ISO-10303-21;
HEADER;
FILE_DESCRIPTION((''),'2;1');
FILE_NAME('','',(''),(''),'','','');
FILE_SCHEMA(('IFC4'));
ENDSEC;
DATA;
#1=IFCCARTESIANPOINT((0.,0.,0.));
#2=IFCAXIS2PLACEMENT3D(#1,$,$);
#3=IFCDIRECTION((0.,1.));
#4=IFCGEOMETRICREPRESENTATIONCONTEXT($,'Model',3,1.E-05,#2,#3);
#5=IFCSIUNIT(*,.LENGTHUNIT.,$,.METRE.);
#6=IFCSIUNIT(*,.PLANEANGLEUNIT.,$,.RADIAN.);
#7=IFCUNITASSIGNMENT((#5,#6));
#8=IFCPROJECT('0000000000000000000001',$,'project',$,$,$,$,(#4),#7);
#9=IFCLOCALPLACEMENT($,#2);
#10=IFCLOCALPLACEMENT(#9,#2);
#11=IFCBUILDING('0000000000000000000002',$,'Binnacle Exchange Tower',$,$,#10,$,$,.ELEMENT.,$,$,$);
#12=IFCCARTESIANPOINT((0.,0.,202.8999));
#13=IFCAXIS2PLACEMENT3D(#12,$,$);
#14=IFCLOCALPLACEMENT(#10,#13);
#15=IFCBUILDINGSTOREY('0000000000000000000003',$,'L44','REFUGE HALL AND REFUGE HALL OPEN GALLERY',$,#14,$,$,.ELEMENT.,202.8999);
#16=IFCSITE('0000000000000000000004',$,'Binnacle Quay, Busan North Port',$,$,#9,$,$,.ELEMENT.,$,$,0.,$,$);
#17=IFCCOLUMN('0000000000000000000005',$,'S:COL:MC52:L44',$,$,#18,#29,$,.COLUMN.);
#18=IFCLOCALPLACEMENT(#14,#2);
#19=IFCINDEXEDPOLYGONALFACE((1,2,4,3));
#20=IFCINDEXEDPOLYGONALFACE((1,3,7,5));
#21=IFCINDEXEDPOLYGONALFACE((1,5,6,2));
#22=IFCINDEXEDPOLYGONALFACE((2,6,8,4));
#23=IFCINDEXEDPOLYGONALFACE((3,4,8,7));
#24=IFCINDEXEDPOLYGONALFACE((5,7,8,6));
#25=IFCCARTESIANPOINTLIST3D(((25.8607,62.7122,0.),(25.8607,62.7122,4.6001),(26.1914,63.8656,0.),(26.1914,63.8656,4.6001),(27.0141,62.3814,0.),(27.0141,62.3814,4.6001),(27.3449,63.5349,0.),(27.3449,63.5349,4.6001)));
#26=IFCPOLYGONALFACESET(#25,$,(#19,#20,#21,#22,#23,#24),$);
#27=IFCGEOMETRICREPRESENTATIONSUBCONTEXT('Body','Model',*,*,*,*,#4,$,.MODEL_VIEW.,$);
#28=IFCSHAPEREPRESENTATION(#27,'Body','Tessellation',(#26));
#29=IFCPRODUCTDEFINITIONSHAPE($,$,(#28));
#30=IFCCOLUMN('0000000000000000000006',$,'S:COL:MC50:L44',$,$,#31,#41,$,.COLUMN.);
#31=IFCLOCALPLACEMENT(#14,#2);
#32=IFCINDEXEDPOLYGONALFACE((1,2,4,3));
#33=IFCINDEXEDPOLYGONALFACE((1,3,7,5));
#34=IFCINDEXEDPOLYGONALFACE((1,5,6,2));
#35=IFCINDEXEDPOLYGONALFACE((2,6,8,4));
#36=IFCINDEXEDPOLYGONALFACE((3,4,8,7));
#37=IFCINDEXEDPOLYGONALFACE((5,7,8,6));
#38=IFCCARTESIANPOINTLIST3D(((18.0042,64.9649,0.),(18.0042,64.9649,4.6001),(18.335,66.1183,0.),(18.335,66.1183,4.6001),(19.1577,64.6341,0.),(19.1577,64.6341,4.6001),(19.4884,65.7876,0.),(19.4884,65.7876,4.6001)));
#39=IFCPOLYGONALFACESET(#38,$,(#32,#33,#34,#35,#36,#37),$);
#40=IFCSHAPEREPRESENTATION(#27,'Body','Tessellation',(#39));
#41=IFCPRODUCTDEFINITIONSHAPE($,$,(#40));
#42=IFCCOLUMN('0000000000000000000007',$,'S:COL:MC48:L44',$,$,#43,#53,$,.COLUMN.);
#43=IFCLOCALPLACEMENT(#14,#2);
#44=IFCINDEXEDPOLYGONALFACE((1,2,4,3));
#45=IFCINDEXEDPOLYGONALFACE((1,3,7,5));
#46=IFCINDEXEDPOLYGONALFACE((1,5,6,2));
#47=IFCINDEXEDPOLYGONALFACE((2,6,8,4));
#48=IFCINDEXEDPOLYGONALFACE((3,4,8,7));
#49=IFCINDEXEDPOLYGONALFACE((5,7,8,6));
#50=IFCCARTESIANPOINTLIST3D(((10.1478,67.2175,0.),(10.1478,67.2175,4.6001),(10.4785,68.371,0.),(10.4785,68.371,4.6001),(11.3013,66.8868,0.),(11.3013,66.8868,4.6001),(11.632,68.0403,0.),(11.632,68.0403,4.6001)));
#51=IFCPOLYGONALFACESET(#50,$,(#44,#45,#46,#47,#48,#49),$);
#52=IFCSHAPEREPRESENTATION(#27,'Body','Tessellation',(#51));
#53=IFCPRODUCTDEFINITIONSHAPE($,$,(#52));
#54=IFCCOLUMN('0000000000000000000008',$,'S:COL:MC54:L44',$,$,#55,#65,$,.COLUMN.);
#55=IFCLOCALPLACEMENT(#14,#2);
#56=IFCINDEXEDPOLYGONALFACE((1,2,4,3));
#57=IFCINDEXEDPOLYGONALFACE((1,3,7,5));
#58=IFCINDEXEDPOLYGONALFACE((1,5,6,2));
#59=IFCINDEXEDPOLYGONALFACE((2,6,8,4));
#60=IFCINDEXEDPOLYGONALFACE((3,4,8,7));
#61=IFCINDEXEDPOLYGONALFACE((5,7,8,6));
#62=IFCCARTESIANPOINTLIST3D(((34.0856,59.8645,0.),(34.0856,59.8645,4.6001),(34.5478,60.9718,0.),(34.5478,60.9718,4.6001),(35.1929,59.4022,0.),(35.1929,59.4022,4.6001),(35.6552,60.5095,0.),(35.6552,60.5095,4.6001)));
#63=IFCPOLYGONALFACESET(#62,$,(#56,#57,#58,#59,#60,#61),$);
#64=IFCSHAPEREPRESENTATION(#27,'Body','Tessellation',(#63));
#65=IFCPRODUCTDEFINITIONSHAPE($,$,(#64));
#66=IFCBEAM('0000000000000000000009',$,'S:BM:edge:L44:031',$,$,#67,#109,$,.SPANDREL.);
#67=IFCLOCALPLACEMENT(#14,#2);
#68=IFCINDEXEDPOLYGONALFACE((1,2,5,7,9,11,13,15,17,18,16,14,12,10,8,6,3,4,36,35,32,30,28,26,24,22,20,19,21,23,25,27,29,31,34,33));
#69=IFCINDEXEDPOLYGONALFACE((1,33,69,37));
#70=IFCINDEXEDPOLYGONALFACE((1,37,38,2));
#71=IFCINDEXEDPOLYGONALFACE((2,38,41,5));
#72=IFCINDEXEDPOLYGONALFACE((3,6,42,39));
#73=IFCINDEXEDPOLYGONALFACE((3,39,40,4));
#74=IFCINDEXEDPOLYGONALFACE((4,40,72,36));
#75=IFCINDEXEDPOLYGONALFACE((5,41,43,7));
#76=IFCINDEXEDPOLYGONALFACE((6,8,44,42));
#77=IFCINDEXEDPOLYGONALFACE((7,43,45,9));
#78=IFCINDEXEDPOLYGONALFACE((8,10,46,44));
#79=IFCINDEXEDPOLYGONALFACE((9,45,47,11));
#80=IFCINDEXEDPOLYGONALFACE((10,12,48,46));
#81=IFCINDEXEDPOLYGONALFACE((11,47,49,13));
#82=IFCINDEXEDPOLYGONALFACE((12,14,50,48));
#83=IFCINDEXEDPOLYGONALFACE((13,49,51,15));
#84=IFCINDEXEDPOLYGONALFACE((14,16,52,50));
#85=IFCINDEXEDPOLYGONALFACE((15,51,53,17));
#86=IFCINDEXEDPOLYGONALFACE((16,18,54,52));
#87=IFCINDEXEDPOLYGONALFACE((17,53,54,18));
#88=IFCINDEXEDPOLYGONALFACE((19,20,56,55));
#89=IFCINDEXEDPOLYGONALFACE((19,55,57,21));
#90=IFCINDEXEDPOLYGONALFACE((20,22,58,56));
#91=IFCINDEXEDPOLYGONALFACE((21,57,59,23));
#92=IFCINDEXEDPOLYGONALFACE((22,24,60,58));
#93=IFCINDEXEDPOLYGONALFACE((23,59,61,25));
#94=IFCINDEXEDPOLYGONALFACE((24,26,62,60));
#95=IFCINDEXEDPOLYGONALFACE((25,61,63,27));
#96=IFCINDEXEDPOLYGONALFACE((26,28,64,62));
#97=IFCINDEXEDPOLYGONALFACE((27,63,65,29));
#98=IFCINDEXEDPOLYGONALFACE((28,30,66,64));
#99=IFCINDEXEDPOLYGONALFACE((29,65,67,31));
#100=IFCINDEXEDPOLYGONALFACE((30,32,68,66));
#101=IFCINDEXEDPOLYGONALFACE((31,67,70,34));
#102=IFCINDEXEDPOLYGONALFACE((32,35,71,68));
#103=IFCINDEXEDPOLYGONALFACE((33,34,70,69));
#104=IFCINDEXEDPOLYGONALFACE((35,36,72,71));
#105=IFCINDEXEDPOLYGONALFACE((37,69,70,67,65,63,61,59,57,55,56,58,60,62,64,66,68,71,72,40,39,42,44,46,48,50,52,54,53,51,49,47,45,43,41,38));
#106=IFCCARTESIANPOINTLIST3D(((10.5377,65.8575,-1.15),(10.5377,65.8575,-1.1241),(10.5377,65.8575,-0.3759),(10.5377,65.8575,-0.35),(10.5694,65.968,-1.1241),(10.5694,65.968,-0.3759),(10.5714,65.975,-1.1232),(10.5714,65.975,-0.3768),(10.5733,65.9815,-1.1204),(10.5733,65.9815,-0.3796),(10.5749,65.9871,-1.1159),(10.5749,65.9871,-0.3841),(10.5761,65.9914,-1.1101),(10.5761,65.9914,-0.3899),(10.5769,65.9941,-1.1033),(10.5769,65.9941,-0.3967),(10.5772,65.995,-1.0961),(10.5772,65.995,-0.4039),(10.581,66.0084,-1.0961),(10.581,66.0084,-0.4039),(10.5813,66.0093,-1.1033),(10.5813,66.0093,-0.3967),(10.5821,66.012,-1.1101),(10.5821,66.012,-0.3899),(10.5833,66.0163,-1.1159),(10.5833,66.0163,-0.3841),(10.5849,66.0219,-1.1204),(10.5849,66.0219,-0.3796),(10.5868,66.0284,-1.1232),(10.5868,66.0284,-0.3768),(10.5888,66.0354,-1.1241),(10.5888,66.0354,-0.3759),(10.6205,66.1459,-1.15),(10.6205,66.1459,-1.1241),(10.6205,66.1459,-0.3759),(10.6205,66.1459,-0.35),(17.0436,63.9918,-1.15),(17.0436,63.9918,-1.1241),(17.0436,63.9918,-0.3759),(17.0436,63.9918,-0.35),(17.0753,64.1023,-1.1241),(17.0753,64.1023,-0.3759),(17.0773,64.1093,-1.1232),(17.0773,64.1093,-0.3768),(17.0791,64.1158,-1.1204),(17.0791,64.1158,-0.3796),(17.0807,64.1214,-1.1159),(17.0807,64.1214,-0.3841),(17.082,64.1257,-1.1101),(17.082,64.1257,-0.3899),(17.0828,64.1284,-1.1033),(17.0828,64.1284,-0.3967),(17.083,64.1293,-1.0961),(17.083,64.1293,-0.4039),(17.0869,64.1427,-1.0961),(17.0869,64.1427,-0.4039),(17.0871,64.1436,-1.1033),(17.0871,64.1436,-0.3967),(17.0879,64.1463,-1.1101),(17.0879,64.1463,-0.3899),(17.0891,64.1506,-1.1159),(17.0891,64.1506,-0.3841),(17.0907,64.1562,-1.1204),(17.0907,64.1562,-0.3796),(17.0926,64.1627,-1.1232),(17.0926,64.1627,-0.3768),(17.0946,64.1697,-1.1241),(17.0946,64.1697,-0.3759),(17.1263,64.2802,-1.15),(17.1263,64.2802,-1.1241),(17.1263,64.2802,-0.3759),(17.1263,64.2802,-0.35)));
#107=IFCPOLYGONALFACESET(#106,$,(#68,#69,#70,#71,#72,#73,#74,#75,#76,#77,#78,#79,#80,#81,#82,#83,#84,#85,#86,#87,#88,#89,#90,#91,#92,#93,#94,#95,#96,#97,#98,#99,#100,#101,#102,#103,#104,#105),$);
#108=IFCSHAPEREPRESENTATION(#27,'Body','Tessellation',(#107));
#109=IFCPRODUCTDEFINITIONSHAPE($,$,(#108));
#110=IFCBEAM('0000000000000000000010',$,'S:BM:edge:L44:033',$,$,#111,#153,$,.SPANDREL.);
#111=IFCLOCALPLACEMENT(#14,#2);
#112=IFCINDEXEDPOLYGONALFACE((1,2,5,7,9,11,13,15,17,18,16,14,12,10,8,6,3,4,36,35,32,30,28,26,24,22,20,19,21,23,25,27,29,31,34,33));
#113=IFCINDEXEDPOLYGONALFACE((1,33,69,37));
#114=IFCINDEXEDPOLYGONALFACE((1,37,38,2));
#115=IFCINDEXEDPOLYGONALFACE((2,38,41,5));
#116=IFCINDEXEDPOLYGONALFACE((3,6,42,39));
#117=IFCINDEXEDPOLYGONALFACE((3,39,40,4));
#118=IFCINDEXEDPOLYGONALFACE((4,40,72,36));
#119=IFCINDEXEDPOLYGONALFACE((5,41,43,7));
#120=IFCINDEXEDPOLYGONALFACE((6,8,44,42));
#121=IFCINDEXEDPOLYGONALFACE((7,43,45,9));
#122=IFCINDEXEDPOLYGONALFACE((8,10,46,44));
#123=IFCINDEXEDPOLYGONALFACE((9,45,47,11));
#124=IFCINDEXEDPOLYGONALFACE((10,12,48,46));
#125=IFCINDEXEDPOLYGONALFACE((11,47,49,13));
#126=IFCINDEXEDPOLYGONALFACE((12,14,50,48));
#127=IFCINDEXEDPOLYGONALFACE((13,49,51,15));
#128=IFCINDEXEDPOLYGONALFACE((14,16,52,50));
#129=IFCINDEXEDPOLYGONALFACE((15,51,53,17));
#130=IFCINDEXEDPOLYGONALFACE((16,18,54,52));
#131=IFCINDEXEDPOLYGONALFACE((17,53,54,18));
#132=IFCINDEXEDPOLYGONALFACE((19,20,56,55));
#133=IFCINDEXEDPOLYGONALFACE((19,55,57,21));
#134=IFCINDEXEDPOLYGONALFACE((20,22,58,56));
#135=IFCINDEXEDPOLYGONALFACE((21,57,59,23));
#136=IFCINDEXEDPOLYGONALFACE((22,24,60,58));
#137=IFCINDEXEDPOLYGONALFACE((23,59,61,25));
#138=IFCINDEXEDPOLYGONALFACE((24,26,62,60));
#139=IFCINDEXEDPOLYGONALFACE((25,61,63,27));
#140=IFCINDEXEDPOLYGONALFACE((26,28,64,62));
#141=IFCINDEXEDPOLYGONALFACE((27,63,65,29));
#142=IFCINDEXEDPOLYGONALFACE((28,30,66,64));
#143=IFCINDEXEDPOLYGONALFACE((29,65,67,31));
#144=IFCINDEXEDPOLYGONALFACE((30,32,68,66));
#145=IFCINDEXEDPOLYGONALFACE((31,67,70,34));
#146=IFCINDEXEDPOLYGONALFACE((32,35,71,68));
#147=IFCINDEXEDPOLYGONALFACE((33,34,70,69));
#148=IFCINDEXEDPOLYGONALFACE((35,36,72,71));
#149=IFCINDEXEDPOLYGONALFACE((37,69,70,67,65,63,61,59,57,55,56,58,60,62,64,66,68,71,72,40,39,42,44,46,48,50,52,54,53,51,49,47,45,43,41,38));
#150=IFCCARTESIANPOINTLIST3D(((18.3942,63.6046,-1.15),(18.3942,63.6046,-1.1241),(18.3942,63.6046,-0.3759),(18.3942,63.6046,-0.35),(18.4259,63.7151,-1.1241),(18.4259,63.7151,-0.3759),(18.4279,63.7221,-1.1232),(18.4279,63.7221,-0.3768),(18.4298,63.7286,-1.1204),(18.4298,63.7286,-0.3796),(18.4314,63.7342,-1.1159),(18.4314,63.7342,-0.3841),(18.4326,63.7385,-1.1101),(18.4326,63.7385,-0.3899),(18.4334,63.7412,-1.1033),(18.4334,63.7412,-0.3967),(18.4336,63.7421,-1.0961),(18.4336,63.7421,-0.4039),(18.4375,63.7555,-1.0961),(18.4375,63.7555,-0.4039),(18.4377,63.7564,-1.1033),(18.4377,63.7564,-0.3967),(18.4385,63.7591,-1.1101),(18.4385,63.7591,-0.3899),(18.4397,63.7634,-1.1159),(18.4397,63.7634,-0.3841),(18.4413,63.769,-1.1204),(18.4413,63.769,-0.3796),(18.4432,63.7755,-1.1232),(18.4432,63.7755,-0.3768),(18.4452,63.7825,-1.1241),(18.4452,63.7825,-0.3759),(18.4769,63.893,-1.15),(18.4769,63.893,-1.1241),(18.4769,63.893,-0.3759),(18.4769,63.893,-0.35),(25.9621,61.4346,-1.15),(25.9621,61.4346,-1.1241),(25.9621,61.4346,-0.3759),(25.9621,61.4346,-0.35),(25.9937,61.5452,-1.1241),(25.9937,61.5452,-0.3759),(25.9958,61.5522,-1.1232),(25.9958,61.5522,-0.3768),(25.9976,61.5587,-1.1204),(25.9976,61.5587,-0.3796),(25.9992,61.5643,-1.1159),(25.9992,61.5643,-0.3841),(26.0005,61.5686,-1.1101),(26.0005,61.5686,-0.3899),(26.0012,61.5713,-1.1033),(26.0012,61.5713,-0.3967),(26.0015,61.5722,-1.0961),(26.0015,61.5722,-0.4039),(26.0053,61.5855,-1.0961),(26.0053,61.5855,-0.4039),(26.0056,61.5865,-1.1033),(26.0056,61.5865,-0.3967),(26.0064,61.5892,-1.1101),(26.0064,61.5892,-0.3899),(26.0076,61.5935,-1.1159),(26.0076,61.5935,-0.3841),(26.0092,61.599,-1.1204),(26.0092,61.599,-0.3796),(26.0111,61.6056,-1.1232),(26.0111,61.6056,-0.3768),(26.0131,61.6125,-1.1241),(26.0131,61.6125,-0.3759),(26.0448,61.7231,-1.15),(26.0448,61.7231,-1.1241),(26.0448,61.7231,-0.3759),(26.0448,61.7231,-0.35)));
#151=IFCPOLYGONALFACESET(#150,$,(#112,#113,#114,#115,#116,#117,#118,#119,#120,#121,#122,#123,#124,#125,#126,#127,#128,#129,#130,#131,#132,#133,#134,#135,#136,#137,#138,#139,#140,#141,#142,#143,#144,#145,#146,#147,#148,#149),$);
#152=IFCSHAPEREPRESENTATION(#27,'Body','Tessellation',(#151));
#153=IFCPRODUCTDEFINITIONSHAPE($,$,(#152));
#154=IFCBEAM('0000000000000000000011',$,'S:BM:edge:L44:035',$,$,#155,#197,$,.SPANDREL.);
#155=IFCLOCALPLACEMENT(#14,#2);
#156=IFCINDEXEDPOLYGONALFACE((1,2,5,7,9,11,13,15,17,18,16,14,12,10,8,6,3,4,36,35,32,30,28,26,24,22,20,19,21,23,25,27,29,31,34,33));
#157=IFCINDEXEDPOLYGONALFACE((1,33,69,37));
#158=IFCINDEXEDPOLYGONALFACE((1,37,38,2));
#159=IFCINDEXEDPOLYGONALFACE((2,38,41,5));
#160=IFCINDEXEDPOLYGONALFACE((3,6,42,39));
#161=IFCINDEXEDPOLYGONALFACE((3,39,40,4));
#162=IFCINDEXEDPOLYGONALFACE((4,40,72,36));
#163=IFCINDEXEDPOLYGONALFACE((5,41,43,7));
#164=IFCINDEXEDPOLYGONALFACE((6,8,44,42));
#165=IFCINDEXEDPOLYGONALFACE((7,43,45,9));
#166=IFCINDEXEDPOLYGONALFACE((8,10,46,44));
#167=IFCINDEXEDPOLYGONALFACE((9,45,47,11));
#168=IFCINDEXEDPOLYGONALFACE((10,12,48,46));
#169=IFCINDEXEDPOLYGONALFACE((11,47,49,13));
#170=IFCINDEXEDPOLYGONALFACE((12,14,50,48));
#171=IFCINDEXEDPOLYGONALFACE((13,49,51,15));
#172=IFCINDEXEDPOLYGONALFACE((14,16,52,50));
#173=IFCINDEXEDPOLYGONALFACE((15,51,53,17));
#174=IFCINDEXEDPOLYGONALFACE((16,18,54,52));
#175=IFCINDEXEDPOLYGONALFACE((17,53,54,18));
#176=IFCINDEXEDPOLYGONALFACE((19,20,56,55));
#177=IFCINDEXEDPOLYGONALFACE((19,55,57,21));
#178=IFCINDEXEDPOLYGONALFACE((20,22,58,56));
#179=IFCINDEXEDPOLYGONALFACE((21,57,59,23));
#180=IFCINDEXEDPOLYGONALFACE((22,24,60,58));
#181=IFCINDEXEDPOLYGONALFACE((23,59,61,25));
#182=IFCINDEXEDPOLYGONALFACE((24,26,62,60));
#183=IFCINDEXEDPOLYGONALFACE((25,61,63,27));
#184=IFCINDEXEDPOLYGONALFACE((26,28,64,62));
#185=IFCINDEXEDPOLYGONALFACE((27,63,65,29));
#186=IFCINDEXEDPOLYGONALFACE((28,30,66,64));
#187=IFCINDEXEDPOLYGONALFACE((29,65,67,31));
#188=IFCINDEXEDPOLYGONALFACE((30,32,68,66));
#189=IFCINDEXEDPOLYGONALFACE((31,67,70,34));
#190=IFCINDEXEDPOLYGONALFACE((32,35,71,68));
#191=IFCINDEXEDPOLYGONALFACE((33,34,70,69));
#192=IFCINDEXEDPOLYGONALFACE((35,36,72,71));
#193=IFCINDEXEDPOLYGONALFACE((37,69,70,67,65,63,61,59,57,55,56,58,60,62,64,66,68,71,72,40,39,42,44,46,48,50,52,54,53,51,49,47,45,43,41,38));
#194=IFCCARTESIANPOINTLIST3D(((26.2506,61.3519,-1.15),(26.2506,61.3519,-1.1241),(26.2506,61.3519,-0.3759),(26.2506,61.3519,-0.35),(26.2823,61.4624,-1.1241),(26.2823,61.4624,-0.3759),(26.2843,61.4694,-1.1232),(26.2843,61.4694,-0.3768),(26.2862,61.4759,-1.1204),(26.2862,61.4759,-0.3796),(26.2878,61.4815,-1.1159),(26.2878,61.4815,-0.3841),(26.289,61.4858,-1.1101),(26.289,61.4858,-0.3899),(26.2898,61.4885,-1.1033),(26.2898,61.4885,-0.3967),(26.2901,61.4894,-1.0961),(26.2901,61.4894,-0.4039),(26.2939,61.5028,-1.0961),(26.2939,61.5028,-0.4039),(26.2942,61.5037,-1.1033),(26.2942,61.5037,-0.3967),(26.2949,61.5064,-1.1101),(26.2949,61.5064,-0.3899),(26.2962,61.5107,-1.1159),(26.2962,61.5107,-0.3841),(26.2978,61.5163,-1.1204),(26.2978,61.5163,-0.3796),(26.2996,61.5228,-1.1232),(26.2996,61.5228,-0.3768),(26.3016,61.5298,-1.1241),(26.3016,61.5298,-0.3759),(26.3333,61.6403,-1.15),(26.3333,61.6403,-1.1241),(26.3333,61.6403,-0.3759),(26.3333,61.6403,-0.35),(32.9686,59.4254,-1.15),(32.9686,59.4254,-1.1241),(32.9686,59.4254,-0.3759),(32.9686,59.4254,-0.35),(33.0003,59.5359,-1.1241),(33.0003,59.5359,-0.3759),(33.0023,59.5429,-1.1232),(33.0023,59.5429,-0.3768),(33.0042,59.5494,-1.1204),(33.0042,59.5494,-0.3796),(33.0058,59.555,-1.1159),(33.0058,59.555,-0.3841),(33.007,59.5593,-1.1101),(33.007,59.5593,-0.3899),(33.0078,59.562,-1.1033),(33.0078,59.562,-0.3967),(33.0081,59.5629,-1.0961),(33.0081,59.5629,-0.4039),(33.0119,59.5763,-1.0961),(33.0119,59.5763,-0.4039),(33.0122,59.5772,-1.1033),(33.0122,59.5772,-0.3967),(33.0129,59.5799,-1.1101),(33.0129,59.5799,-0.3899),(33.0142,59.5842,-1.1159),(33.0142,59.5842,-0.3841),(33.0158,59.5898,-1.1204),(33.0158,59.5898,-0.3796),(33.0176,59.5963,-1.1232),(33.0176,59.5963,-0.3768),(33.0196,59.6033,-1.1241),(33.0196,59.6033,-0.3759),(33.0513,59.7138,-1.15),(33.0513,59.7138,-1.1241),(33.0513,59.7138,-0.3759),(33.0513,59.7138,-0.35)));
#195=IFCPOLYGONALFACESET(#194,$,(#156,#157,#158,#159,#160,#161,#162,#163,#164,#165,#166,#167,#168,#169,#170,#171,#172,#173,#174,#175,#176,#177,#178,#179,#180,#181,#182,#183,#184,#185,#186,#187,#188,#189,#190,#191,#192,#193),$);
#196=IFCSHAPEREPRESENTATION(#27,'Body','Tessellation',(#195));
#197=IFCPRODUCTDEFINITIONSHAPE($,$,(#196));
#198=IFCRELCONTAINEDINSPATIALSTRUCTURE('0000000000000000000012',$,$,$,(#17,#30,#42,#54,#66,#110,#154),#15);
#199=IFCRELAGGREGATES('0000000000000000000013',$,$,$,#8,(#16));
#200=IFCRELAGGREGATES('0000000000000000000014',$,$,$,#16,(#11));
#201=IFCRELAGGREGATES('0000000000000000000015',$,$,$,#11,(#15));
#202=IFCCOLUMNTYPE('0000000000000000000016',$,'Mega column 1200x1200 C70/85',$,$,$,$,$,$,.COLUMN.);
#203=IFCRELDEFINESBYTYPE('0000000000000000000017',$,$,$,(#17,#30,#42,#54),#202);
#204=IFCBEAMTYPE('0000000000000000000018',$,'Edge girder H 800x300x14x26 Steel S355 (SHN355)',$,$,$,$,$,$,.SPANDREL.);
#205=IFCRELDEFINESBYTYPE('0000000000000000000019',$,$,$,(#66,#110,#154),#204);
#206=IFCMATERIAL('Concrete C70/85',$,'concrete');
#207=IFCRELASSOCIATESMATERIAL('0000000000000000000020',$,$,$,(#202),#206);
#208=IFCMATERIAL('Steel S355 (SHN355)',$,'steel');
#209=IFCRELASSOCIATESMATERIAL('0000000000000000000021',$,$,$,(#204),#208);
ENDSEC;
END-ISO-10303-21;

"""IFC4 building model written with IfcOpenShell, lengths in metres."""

from ifc_helpers import new_model, si_unit, direction, frame, origin, origin_2d, place, context, subcontext, project, spatial, rectangle, i_section, extrude, material, material_profile, profile_set, type_object, element, save


model = new_model("IFC4")

# Units and contexts
model_context = context("Model", 3, precision=1e-05, world=origin(), true_north=direction((0.0, 1.0)))
body_context = subcontext(model_context, "Body", "Model", "MODEL_VIEW")
ifc_project = project(units=[si_unit("LENGTHUNIT", "METRE"), si_unit("PLANEANGLEUNIT", "RADIAN")], contexts=[model_context])

# Site, building, storey
site_placement = place(None, origin())
site = spatial("IfcSite", under=ifc_project, at=site_placement, Name="Binnacle Quay, Busan North Port", CompositionType="ELEMENT", RefElevation=0.0)
building_placement = place(site_placement, origin())
building = spatial("IfcBuilding", under=site, at=building_placement, Name="Binnacle Exchange Tower", CompositionType="ELEMENT")
storey_placement = place(building_placement, frame((0.0, 0.0, 202.8999)))
storey = spatial("IfcBuildingStorey", under=building, at=storey_placement, Name="L44", Description="REFUGE HALL AND REFUGE HALL OPEN GALLERY", CompositionType="ELEMENT", Elevation=202.8999)

# Columns
ifc_material_1 = material(Name="Concrete C70/85", Category="concrete")
ifc_material_profile_1 = material_profile(ifc_material_1, rectangle(XDim=1.2, YDim=1.2, at=origin_2d()), Name="Mega column 1200x1200 C70/85")
ifc_profile_set_1 = profile_set([ifc_material_profile_1], Name="Concrete C70/85")
column_type = type_object("IfcColumnType", Name="Mega column 1200x1200 C70/85", PredefinedType="COLUMN", material=ifc_profile_set_1)
for number, where, z_axis, x_axis, name in (
    (1, (26.6028, 63.1235, 0.0), (0.0, 0.0, 1.0), (-0.961262, 0.275637, 0.0), "S:COL:MC52:L44"),
    (2, (18.7463, 65.3762, 0.0), (0.0, 0.0, 1.0), (-0.961262, 0.275637, 0.0), "S:COL:MC50:L44"),
    (3, (10.8899, 67.6289, 0.0), (0.0, 0.0, 1.0), (-0.961262, 0.275637, 0.0), "S:COL:MC48:L44"),
    (4, (34.8704, 60.187, 0.0), (0.0, 0.0, 1.0), (-0.922814, 0.385246, 0.0), "S:COL:MC54:L44"),
):
    element("IfcColumn", number, at=place(storey_placement, frame(where, z_axis=z_axis, x_axis=x_axis)), inside=storey, type_object=column_type, Name=name, PredefinedType="COLUMN", context=body_context, shape_type="SweptSolid", body=[
        extrude(rectangle(XDim=1.2, YDim=1.2, at=origin_2d()), origin(), (0.0, 0.0, 1.0), 4.6001),
    ])

# Beams
ifc_material_2 = material(Name="Steel S355 (SHN355)", Category="steel")
ifc_material_profile_2 = material_profile(ifc_material_2, i_section(OverallWidth=0.3, OverallDepth=0.8, WebThickness=0.0139, FlangeThickness=0.0259, FilletRadius=0.0281, at=origin_2d()), Name="H 800x300x14x26")
ifc_profile_set_2 = profile_set([ifc_material_profile_2], Name="Steel S355 (SHN355)")
beam_type_1 = type_object("IfcBeamType", Name="Edge girder H 800x300x14x26 Steel S355 (SHN355)", PredefinedType="SPANDREL", material=ifc_profile_set_2)
beam_1_placement = place(storey_placement, frame((10.5791, 66.0017, -0.75), z_axis=(0.961254, -0.275664, 0.0), x_axis=(0.275664, 0.961254, 0.0)))
element("IfcBeam", 5, at=beam_1_placement, inside=storey, type_object=beam_type_1, Name="S:BM:edge:L44:031", PredefinedType="SPANDREL", context=body_context, shape_type="SweptSolid", body=[
    extrude(i_section(OverallWidth=0.3, OverallDepth=0.8, WebThickness=0.0139, FlangeThickness=0.0259, FilletRadius=0.0281, at=origin_2d()), origin(), (0.0, 0.0, 1.0), 6.7681),
])
beam_2_placement = place(storey_placement, frame((18.4355, 63.7488, -0.75), z_axis=(0.961266, -0.275622, 0.0), x_axis=(0.275622, 0.961266, 0.0)))
element("IfcBeam", 6, at=beam_2_placement, inside=storey, type_object=beam_type_1, Name="S:BM:edge:L44:033", PredefinedType="SPANDREL", context=body_context, shape_type="SweptSolid", body=[
    extrude(i_section(OverallWidth=0.3, OverallDepth=0.8, WebThickness=0.0139, FlangeThickness=0.0259, FilletRadius=0.0281, at=origin_2d()), origin(), (0.0, 0.0, 1.0), 7.8728),
])
beam_3_placement = place(storey_placement, frame((26.292, 61.4961, -0.75), z_axis=(0.961256, -0.275658, 0.0), x_axis=(0.275658, 0.961256, 0.0)))
element("IfcBeam", 7, at=beam_3_placement, inside=storey, type_object=beam_type_1, Name="S:BM:edge:L44:035", PredefinedType="SPANDREL", context=body_context, shape_type="SweptSolid", body=[
    extrude(i_section(OverallWidth=0.3, OverallDepth=0.8, WebThickness=0.0139, FlangeThickness=0.0259, FilletRadius=0.0281, at=origin_2d()), origin(), (0.0, 0.0, 1.0), 6.9888),
])

save(model, "model.ifc")
